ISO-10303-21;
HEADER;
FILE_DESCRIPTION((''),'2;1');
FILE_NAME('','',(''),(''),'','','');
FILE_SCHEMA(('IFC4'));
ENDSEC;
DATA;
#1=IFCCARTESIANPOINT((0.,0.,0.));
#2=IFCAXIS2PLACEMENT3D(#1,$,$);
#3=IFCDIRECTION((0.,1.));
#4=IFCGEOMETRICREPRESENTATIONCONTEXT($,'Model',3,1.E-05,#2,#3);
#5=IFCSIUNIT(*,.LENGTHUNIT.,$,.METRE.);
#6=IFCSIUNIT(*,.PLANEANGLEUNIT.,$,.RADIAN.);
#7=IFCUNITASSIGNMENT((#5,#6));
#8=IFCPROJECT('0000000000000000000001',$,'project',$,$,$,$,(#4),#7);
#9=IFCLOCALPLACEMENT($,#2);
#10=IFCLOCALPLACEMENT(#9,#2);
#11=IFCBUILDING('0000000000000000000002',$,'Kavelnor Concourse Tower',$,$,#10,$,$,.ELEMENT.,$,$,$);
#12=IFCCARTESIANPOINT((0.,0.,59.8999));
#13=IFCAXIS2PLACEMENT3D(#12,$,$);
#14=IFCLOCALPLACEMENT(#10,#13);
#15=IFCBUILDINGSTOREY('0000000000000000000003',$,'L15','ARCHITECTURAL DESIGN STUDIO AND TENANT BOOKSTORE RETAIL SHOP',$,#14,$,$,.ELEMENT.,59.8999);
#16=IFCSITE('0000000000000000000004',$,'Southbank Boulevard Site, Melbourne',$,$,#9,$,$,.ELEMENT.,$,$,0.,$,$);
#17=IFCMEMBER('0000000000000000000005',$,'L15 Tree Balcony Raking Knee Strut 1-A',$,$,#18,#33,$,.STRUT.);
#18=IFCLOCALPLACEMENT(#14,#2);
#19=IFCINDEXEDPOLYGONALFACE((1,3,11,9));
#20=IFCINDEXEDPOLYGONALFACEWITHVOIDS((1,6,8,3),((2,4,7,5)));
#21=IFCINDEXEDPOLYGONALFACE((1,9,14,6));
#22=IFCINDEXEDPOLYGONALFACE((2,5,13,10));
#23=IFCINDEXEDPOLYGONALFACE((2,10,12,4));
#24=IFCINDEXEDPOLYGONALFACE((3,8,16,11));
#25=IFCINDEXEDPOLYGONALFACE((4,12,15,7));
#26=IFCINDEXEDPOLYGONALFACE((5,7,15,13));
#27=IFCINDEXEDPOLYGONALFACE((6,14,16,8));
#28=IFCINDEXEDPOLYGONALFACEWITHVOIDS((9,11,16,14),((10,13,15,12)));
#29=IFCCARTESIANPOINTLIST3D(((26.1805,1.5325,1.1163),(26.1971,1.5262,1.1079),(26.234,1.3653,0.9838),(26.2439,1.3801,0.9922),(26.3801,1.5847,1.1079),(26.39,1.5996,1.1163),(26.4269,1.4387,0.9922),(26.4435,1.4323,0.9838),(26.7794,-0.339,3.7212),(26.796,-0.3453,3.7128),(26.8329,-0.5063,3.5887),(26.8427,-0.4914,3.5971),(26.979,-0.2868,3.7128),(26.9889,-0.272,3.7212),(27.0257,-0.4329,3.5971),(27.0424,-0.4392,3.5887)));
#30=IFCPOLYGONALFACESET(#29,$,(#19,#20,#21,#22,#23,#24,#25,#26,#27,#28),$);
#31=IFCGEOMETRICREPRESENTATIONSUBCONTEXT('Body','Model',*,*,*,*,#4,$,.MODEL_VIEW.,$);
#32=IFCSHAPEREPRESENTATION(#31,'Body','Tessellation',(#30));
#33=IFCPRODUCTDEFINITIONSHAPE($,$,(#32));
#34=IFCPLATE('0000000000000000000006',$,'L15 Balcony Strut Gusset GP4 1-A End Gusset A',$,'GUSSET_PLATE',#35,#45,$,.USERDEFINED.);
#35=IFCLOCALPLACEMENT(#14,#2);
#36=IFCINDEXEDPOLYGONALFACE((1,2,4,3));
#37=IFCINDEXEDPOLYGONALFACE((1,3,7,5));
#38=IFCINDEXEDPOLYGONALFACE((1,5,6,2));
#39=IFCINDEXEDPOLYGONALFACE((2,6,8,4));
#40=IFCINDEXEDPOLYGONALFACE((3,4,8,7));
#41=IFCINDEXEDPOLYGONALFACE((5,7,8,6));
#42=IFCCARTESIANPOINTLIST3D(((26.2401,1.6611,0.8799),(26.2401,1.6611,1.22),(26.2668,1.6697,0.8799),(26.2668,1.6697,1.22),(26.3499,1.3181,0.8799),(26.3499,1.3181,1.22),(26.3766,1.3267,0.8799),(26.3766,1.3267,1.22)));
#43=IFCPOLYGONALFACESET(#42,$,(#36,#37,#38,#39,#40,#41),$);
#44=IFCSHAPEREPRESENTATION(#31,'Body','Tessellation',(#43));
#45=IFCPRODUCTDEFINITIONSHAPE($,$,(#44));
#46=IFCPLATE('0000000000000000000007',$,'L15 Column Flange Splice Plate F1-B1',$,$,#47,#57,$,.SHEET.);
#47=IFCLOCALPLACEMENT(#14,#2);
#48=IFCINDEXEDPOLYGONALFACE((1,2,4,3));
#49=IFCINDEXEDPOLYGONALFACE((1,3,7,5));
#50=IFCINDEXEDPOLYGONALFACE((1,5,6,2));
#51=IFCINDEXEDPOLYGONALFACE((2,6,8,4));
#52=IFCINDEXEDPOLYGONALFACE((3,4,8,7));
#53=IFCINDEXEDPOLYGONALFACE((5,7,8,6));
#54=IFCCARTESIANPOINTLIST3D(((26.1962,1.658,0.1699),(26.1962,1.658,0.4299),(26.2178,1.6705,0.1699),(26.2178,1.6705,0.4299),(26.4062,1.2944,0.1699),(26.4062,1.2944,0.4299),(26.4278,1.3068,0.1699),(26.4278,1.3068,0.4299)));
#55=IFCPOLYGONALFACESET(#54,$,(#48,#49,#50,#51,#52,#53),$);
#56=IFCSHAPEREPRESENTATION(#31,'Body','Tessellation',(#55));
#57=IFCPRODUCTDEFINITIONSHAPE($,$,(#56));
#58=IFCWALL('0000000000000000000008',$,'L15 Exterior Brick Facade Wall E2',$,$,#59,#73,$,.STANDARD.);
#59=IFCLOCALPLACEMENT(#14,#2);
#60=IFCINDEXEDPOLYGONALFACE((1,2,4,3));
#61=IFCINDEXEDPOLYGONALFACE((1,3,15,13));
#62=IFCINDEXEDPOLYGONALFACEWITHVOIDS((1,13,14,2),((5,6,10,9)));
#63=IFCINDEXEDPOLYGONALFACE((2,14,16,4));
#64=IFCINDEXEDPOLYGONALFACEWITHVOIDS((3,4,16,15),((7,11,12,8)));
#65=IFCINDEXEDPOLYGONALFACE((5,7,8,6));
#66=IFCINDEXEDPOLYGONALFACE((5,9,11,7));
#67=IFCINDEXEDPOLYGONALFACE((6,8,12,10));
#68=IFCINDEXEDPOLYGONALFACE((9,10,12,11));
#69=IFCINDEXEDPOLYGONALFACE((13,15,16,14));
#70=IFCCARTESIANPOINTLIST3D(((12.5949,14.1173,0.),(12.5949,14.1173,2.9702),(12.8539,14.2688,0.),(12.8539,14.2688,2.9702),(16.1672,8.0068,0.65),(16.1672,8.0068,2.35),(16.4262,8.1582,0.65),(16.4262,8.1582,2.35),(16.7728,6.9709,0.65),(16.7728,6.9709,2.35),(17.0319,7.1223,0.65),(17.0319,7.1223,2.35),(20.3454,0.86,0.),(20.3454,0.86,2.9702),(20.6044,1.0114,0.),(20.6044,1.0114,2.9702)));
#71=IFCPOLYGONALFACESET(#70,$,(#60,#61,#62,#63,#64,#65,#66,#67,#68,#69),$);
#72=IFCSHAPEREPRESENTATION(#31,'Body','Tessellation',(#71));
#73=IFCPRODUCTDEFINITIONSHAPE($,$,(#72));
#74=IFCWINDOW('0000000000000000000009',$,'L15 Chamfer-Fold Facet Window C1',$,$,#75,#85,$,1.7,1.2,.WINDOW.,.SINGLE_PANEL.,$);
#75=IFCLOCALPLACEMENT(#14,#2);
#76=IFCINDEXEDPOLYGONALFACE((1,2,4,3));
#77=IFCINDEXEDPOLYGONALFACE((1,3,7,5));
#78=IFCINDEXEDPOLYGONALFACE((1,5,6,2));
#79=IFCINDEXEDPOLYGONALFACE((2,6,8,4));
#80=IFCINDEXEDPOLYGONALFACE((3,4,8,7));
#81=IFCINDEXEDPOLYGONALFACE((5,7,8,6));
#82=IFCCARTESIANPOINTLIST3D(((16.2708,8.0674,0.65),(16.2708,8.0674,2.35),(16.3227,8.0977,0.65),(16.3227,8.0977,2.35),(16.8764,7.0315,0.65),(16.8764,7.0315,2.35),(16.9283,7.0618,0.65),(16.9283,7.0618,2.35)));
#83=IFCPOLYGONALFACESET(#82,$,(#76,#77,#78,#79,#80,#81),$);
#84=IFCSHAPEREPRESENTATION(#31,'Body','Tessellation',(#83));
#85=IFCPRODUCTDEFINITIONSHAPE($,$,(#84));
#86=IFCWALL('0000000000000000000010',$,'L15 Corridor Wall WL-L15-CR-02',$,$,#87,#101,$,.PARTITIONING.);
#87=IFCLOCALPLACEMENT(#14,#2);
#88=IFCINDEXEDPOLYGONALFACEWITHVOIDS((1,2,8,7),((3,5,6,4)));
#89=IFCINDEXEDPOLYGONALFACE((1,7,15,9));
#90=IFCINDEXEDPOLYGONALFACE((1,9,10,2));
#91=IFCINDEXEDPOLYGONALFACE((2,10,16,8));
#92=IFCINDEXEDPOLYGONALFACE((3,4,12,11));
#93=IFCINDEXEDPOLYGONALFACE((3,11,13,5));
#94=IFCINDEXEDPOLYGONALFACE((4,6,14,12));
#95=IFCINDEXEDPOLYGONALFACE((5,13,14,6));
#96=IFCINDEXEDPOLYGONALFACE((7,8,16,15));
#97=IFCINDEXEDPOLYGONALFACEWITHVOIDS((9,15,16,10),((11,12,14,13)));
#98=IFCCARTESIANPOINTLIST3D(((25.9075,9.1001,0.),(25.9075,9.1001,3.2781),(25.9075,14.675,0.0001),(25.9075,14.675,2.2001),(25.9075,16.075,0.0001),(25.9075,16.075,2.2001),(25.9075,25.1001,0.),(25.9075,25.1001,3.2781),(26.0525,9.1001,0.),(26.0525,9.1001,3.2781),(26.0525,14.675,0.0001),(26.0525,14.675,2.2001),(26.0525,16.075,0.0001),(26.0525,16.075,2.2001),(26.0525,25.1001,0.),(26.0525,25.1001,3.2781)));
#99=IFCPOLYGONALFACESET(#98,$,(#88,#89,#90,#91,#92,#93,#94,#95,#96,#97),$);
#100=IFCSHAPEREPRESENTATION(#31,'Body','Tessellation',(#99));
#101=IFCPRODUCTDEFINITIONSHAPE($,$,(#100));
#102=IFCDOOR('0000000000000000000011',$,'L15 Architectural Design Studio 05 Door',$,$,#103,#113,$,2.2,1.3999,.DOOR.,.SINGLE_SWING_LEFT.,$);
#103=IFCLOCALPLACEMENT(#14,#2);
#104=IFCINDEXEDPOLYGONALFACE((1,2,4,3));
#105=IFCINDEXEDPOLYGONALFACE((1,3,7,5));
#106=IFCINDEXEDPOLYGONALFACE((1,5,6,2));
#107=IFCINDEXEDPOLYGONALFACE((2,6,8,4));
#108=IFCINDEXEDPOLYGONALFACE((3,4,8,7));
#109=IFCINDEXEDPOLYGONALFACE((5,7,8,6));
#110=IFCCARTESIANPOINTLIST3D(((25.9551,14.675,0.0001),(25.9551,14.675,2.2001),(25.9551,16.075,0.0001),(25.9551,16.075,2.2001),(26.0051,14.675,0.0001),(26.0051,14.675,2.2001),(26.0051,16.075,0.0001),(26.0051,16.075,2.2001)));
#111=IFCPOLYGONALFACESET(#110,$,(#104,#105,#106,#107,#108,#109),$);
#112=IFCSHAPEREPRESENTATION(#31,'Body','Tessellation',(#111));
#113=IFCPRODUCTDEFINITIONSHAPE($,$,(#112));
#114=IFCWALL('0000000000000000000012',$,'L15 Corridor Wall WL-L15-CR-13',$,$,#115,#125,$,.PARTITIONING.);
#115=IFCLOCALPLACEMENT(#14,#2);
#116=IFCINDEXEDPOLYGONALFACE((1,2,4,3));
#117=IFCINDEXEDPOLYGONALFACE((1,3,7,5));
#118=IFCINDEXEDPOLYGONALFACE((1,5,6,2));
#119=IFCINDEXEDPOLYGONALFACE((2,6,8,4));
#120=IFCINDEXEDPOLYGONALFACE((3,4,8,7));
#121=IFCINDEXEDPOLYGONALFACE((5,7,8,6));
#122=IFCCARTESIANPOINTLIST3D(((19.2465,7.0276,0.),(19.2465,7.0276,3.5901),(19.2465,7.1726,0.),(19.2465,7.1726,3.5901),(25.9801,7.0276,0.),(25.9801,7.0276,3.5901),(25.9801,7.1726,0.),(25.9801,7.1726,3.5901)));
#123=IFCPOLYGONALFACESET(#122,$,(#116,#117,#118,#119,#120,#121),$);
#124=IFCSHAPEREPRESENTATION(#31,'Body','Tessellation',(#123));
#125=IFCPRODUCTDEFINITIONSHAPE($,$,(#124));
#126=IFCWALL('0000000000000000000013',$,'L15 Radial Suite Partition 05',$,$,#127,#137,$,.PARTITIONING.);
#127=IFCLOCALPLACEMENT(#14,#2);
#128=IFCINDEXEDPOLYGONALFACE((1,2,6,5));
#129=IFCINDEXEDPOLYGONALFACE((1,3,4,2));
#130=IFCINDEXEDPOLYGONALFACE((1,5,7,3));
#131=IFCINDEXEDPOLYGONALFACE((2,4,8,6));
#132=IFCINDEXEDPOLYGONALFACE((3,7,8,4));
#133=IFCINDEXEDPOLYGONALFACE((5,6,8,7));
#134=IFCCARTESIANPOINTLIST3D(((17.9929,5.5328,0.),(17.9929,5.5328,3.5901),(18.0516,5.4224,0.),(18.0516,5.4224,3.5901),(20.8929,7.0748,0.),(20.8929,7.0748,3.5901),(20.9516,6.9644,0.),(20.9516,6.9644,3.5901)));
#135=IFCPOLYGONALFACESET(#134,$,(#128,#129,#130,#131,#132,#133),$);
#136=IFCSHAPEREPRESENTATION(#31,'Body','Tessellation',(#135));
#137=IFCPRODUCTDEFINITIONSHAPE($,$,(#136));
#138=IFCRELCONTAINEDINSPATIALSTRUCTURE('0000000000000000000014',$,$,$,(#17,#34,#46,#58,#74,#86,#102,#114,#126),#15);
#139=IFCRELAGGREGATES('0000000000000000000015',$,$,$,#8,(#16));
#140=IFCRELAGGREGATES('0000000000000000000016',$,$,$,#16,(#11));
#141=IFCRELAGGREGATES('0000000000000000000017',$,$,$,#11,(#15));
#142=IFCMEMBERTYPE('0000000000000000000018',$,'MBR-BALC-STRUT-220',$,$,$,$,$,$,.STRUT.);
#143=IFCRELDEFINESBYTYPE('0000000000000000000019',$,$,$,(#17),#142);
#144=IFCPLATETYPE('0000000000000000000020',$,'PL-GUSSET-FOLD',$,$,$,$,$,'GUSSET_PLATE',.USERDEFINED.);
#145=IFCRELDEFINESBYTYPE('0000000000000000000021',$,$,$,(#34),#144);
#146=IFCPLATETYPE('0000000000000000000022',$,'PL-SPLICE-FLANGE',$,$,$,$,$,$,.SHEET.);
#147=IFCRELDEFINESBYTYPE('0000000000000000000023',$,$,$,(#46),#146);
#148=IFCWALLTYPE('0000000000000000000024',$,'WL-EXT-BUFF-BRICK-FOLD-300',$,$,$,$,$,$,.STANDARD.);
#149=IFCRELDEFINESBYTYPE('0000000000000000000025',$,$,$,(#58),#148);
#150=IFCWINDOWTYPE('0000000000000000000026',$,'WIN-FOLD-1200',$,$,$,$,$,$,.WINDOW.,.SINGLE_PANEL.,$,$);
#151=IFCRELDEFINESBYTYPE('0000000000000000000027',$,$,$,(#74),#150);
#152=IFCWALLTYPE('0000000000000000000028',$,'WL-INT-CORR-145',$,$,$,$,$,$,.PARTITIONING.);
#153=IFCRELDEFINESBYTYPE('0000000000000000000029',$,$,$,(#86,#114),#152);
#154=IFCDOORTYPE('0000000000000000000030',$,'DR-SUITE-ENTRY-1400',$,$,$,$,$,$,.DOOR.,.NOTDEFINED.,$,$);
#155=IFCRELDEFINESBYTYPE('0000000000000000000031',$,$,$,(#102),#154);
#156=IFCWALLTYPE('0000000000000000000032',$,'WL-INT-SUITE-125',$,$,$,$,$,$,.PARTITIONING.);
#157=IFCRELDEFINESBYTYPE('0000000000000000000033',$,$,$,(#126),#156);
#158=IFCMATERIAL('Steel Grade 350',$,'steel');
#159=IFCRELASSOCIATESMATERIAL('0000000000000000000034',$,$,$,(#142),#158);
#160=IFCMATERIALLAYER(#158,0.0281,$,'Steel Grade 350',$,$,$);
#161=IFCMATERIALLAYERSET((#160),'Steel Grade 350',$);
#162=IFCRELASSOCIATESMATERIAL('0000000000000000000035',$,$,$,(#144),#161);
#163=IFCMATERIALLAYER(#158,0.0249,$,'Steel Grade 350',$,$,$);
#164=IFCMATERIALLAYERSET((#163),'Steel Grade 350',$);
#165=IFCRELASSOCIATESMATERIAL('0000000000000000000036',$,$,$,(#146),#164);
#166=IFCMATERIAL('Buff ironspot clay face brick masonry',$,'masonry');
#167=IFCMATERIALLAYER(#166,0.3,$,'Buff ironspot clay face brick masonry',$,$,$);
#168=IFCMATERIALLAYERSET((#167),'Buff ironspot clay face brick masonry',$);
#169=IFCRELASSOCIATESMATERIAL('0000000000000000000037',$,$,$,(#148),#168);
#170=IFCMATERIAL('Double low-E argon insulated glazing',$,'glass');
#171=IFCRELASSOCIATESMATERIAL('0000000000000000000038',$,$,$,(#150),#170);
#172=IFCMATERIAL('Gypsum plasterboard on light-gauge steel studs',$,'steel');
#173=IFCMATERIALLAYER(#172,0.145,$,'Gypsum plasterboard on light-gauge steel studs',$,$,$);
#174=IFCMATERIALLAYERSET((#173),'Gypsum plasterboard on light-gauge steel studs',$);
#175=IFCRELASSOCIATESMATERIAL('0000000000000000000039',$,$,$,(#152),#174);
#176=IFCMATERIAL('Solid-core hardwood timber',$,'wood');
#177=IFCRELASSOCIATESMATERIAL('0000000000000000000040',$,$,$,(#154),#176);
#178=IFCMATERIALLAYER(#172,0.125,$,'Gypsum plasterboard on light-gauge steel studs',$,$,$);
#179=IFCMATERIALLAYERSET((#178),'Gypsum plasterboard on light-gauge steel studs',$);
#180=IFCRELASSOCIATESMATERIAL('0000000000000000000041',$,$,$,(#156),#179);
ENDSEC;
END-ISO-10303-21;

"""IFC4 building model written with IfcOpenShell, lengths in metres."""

from ifc_helpers import new_model, si_unit, direction, frame, frame_2d, origin, origin_2d, place, context, subcontext, project, spatial, rectangle, hollow_rectangle, extrude, material, layer, layer_set, material_profile, profile_set, type_object, element, fill, save


model = new_model("IFC4")

# Units and contexts
model_context = context("Model", 3, precision=1e-05, world=origin(), true_north=direction((0.0, 1.0)))
body_context = subcontext(model_context, "Body", "Model", "MODEL_VIEW")
ifc_project = project(units=[si_unit("LENGTHUNIT", "METRE"), si_unit("PLANEANGLEUNIT", "RADIAN")], contexts=[model_context])

# Site, building, storey
site_placement = place(None, origin())
site = spatial("IfcSite", under=ifc_project, at=site_placement, Name="Southbank Boulevard Site, Melbourne", CompositionType="ELEMENT", RefElevation=0.0)
building_placement = place(site_placement, origin())
building = spatial("IfcBuilding", under=site, at=building_placement, Name="Kavelnor Concourse Tower", CompositionType="ELEMENT")
storey_placement = place(building_placement, frame((0.0, 0.0, 59.8999)))
storey = spatial("IfcBuildingStorey", under=building, at=storey_placement, Name="L15", Description="ARCHITECTURAL DESIGN STUDIO AND TENANT BOOKSTORE RETAIL SHOP", CompositionType="ELEMENT", Elevation=59.8999)

# Shared definitions
ifc_material_1 = material(Name="Steel Grade 350", Category="steel")

# Member
ifc_material_profile_1 = material_profile(ifc_material_1, hollow_rectangle(XDim=0.22, YDim=0.22, WallThickness=0.0139, at=origin_2d()), Name="SHS 220x220x14")
ifc_profile_set_1 = profile_set([ifc_material_profile_1], Name="Steel Grade 350")
member_type = type_object("IfcMemberType", Name="MBR-BALC-STRUT-220", PredefinedType="STRUT", material=ifc_profile_set_1)
member_placement = place(storey_placement, frame((26.312, 1.4824, 1.05), z_axis=(0.183534, -0.573571, 0.798331), x_axis=(0.952428, 0.304762, 0.0)))
element("IfcMember", 1, at=member_placement, inside=storey, type_object=member_type, Name="L15 Tree Balcony Raking Knee Strut 1-A", PredefinedType="STRUT", context=body_context, shape_type="SweptSolid", body=[
    extrude(hollow_rectangle(XDim=0.22, YDim=0.22, WallThickness=0.0139, at=origin_2d()), origin(), (0.0, 0.0, 1.0), 3.2629),
])

# Plates
ifc_layer_1 = layer(ifc_material_1, 0.0281, Name="Steel Grade 350")
ifc_layer_set_1 = layer_set([ifc_layer_1], Name="Steel Grade 350")
plate_type_1 = type_object("IfcPlateType", Name="PL-GUSSET-FOLD", ElementType="GUSSET_PLATE", PredefinedType="USERDEFINED", material=ifc_layer_set_1)
plate_1_placement = place(storey_placement, frame((26.3083, 1.4939, 0.8799), z_axis=(0.0, 0.0, 1.0), x_axis=(0.304864, -0.952396, 0.0)))
element("IfcPlate", 2, at=plate_1_placement, inside=storey, type_object=plate_type_1, Name="L15 Balcony Strut Gusset GP4 1-A End Gusset A", ObjectType="GUSSET_PLATE", PredefinedType="USERDEFINED", context=body_context, shape_type="SweptSolid", body=[
    extrude(rectangle(XDim=0.3601, YDim=0.0281, at=origin_2d()), origin(), (0.0, 0.0, 1.0), 0.3401),
])
ifc_layer_2 = layer(ifc_material_1, 0.0249, Name="Steel Grade 350")
ifc_layer_set_2 = layer_set([ifc_layer_2], Name="Steel Grade 350")
plate_type_2 = type_object("IfcPlateType", Name="PL-SPLICE-FLANGE", PredefinedType="SHEET", material=ifc_layer_set_2)
plate_2_placement = place(storey_placement, frame((26.312, 1.4824, 0.1699), z_axis=(0.0, 0.0, 1.0), x_axis=(-0.5, 0.866025, 0.0)))
element("IfcPlate", 3, at=plate_2_placement, inside=storey, type_object=plate_type_2, Name="L15 Column Flange Splice Plate F1-B1", PredefinedType="SHEET", context=body_context, shape_type="SweptSolid", body=[
    extrude(rectangle(XDim=0.4199, YDim=0.0249, at=origin_2d()), origin(), (0.0, 0.0, 1.0), 0.26),
])

# Wall, opening, window
ifc_material_2 = material(Name="Buff ironspot clay face brick masonry", Category="masonry")
ifc_layer_3 = layer(ifc_material_2, 0.3, Name="Buff ironspot clay face brick masonry")
ifc_layer_set_3 = layer_set([ifc_layer_3], Name="Buff ironspot clay face brick masonry")
wall_type_1 = type_object("IfcWallType", Name="WL-EXT-BUFF-BRICK-FOLD-300", PredefinedType="STANDARD", material=ifc_layer_set_3)
wall_1_placement = place(storey_placement, frame((20.4749, 0.9358, 0.0), z_axis=(0.0, 0.0, 1.0), x_axis=(-0.504699, 0.863295, 0.0)))
wall_1 = element("IfcWall", 4, at=wall_1_placement, inside=storey, type_object=wall_type_1, Name="L15 Exterior Brick Facade Wall E2", PredefinedType="STANDARD", context=body_context, shape_type="SweptSolid", body=[
    extrude(rectangle(XDim=15.3567, YDim=0.3, at=frame_2d((7.6782, 0.0))), origin(), (0.0, 0.0, 1.0), 2.9702),
])
opening_1_placement = place(wall_1_placement, frame((7.0784, 0.0, 0.6499)))
opening_1 = element("IfcOpeningElement", 5, at=opening_1_placement, cuts=wall_1, PredefinedType="OPENING", context=body_context, shape_type="SweptSolid", body=[
    extrude(rectangle(XDim=1.2, YDim=1.7, at=frame_2d((0.6001, 0.8501))), frame((0.0, 0.1602, 0.0), z_axis=(0.0, -1.0, 0.0), x_axis=(1.0, 0.0, 0.0)), (0.0, 0.0, 1.0), 0.3201),
])
ifc_material_3 = material(Name="Double low-E argon insulated glazing", Category="glass")
window_type = type_object("IfcWindowType", Name="WIN-FOLD-1200", PartitioningType="SINGLE_PANEL", PredefinedType="WINDOW", material=ifc_material_3)
window_placement = place(opening_1_placement, origin())
window = element("IfcWindow", 6, at=window_placement, inside=storey, type_object=window_type, Name="L15 Chamfer-Fold Facet Window C1", OverallHeight=1.7, OverallWidth=1.2, PartitioningType="SINGLE_PANEL", PredefinedType="WINDOW", context=body_context, shape_type="SweptSolid", body=[
    extrude(rectangle(XDim=1.2, YDim=1.7, at=frame_2d((0.6001, 0.8501))), frame((0.0, 0.03, 0.0), z_axis=(0.0, -1.0, 0.0), x_axis=(1.0, 0.0, 0.0)), (0.0, 0.0, 1.0), 0.0601),
])
fill(opening_1, window)

# Wall, opening, door
ifc_material_4 = material(Name="Gypsum plasterboard on light-gauge steel studs", Category="steel")
ifc_layer_4 = layer(ifc_material_4, 0.145, Name="Gypsum plasterboard on light-gauge steel studs")
ifc_layer_set_4 = layer_set([ifc_layer_4], Name="Gypsum plasterboard on light-gauge steel studs")
wall_type_2 = type_object("IfcWallType", Name="WL-INT-CORR-145", PredefinedType="PARTITIONING", material=ifc_layer_set_4)
wall_2_placement = place(storey_placement, frame((25.98, 9.1001, 0.0), z_axis=(0.0, 0.0, 1.0), x_axis=(0.0, 1.0, 0.0)))
wall_2 = element("IfcWall", 7, at=wall_2_placement, inside=storey, type_object=wall_type_2, Name="L15 Corridor Wall WL-L15-CR-02", PredefinedType="PARTITIONING", context=body_context, shape_type="SweptSolid", body=[
    extrude(rectangle(XDim=16.0, YDim=0.145, at=frame_2d((8.0, 0.0))), origin(), (0.0, 0.0, 1.0), 3.2781),
])
opening_2_placement = place(wall_2_placement, frame((5.575, 0.0, 0.0)))
opening_2 = element("IfcOpeningElement", 8, at=opening_2_placement, cuts=wall_2, PredefinedType="OPENING", context=body_context, shape_type="SweptSolid", body=[
    extrude(rectangle(XDim=1.3999, YDim=2.2, at=frame_2d((0.7, 1.1001))), frame((0.0, 0.0825, 0.0), z_axis=(0.0, -1.0, 0.0), x_axis=(1.0, 0.0, 0.0)), (0.0, 0.0, 1.0), 0.165),
])
ifc_material_5 = material(Name="Solid-core hardwood timber", Category="wood")
door_type = type_object("IfcDoorType", Name="DR-SUITE-ENTRY-1400", OperationType="NOTDEFINED", PredefinedType="DOOR", material=ifc_material_5)
door_placement = place(opening_2_placement, origin())
door = element("IfcDoor", 9, at=door_placement, inside=storey, type_object=door_type, Name="L15 Architectural Design Studio 05 Door", OperationType="SINGLE_SWING_LEFT", OverallHeight=2.2, OverallWidth=1.3999, PredefinedType="DOOR", context=body_context, shape_type="SweptSolid", body=[
    extrude(rectangle(XDim=1.3999, YDim=2.2, at=frame_2d((0.7, 1.1001))), frame((0.0, 0.0249, 0.0), z_axis=(0.0, -1.0, 0.0), x_axis=(1.0, 0.0, 0.0)), (0.0, 0.0, 1.0), 0.05),
])
fill(opening_2, door)

# Walls
wall_3_placement = place(storey_placement, frame((25.98, 7.1001, 0.0), z_axis=(0.0, 0.0, 1.0), x_axis=(-1.0, 0.0, 0.0)))
element("IfcWall", 10, at=wall_3_placement, inside=storey, type_object=wall_type_2, Name="L15 Corridor Wall WL-L15-CR-13", PredefinedType="PARTITIONING", context=body_context, shape_type="SweptSolid", body=[
    extrude(rectangle(XDim=6.7336, YDim=0.145, at=frame_2d((3.3667, 0.0))), origin(), (0.0, 0.0, 1.0), 3.5901),
])
ifc_layer_5 = layer(ifc_material_4, 0.125, Name="Gypsum plasterboard on light-gauge steel studs")
ifc_layer_set_5 = layer_set([ifc_layer_5], Name="Gypsum plasterboard on light-gauge steel studs")
wall_type_3 = type_object("IfcWallType", Name="WL-INT-SUITE-125", PredefinedType="PARTITIONING", material=ifc_layer_set_5)
wall_4_placement = place(storey_placement, frame((20.9221, 7.0195, 0.0), z_axis=(0.0, 0.0, 1.0), x_axis=(-0.882937, -0.469492, 0.0)))
element("IfcWall", 11, at=wall_4_placement, inside=storey, type_object=wall_type_3, Name="L15 Radial Suite Partition 05", PredefinedType="PARTITIONING", context=body_context, shape_type="SweptSolid", body=[
    extrude(rectangle(XDim=3.2844, YDim=0.125, at=frame_2d((1.6421, 0.0))), origin(), (0.0, 0.0, 1.0), 3.5901),
])

save(model, "model.ifc")
